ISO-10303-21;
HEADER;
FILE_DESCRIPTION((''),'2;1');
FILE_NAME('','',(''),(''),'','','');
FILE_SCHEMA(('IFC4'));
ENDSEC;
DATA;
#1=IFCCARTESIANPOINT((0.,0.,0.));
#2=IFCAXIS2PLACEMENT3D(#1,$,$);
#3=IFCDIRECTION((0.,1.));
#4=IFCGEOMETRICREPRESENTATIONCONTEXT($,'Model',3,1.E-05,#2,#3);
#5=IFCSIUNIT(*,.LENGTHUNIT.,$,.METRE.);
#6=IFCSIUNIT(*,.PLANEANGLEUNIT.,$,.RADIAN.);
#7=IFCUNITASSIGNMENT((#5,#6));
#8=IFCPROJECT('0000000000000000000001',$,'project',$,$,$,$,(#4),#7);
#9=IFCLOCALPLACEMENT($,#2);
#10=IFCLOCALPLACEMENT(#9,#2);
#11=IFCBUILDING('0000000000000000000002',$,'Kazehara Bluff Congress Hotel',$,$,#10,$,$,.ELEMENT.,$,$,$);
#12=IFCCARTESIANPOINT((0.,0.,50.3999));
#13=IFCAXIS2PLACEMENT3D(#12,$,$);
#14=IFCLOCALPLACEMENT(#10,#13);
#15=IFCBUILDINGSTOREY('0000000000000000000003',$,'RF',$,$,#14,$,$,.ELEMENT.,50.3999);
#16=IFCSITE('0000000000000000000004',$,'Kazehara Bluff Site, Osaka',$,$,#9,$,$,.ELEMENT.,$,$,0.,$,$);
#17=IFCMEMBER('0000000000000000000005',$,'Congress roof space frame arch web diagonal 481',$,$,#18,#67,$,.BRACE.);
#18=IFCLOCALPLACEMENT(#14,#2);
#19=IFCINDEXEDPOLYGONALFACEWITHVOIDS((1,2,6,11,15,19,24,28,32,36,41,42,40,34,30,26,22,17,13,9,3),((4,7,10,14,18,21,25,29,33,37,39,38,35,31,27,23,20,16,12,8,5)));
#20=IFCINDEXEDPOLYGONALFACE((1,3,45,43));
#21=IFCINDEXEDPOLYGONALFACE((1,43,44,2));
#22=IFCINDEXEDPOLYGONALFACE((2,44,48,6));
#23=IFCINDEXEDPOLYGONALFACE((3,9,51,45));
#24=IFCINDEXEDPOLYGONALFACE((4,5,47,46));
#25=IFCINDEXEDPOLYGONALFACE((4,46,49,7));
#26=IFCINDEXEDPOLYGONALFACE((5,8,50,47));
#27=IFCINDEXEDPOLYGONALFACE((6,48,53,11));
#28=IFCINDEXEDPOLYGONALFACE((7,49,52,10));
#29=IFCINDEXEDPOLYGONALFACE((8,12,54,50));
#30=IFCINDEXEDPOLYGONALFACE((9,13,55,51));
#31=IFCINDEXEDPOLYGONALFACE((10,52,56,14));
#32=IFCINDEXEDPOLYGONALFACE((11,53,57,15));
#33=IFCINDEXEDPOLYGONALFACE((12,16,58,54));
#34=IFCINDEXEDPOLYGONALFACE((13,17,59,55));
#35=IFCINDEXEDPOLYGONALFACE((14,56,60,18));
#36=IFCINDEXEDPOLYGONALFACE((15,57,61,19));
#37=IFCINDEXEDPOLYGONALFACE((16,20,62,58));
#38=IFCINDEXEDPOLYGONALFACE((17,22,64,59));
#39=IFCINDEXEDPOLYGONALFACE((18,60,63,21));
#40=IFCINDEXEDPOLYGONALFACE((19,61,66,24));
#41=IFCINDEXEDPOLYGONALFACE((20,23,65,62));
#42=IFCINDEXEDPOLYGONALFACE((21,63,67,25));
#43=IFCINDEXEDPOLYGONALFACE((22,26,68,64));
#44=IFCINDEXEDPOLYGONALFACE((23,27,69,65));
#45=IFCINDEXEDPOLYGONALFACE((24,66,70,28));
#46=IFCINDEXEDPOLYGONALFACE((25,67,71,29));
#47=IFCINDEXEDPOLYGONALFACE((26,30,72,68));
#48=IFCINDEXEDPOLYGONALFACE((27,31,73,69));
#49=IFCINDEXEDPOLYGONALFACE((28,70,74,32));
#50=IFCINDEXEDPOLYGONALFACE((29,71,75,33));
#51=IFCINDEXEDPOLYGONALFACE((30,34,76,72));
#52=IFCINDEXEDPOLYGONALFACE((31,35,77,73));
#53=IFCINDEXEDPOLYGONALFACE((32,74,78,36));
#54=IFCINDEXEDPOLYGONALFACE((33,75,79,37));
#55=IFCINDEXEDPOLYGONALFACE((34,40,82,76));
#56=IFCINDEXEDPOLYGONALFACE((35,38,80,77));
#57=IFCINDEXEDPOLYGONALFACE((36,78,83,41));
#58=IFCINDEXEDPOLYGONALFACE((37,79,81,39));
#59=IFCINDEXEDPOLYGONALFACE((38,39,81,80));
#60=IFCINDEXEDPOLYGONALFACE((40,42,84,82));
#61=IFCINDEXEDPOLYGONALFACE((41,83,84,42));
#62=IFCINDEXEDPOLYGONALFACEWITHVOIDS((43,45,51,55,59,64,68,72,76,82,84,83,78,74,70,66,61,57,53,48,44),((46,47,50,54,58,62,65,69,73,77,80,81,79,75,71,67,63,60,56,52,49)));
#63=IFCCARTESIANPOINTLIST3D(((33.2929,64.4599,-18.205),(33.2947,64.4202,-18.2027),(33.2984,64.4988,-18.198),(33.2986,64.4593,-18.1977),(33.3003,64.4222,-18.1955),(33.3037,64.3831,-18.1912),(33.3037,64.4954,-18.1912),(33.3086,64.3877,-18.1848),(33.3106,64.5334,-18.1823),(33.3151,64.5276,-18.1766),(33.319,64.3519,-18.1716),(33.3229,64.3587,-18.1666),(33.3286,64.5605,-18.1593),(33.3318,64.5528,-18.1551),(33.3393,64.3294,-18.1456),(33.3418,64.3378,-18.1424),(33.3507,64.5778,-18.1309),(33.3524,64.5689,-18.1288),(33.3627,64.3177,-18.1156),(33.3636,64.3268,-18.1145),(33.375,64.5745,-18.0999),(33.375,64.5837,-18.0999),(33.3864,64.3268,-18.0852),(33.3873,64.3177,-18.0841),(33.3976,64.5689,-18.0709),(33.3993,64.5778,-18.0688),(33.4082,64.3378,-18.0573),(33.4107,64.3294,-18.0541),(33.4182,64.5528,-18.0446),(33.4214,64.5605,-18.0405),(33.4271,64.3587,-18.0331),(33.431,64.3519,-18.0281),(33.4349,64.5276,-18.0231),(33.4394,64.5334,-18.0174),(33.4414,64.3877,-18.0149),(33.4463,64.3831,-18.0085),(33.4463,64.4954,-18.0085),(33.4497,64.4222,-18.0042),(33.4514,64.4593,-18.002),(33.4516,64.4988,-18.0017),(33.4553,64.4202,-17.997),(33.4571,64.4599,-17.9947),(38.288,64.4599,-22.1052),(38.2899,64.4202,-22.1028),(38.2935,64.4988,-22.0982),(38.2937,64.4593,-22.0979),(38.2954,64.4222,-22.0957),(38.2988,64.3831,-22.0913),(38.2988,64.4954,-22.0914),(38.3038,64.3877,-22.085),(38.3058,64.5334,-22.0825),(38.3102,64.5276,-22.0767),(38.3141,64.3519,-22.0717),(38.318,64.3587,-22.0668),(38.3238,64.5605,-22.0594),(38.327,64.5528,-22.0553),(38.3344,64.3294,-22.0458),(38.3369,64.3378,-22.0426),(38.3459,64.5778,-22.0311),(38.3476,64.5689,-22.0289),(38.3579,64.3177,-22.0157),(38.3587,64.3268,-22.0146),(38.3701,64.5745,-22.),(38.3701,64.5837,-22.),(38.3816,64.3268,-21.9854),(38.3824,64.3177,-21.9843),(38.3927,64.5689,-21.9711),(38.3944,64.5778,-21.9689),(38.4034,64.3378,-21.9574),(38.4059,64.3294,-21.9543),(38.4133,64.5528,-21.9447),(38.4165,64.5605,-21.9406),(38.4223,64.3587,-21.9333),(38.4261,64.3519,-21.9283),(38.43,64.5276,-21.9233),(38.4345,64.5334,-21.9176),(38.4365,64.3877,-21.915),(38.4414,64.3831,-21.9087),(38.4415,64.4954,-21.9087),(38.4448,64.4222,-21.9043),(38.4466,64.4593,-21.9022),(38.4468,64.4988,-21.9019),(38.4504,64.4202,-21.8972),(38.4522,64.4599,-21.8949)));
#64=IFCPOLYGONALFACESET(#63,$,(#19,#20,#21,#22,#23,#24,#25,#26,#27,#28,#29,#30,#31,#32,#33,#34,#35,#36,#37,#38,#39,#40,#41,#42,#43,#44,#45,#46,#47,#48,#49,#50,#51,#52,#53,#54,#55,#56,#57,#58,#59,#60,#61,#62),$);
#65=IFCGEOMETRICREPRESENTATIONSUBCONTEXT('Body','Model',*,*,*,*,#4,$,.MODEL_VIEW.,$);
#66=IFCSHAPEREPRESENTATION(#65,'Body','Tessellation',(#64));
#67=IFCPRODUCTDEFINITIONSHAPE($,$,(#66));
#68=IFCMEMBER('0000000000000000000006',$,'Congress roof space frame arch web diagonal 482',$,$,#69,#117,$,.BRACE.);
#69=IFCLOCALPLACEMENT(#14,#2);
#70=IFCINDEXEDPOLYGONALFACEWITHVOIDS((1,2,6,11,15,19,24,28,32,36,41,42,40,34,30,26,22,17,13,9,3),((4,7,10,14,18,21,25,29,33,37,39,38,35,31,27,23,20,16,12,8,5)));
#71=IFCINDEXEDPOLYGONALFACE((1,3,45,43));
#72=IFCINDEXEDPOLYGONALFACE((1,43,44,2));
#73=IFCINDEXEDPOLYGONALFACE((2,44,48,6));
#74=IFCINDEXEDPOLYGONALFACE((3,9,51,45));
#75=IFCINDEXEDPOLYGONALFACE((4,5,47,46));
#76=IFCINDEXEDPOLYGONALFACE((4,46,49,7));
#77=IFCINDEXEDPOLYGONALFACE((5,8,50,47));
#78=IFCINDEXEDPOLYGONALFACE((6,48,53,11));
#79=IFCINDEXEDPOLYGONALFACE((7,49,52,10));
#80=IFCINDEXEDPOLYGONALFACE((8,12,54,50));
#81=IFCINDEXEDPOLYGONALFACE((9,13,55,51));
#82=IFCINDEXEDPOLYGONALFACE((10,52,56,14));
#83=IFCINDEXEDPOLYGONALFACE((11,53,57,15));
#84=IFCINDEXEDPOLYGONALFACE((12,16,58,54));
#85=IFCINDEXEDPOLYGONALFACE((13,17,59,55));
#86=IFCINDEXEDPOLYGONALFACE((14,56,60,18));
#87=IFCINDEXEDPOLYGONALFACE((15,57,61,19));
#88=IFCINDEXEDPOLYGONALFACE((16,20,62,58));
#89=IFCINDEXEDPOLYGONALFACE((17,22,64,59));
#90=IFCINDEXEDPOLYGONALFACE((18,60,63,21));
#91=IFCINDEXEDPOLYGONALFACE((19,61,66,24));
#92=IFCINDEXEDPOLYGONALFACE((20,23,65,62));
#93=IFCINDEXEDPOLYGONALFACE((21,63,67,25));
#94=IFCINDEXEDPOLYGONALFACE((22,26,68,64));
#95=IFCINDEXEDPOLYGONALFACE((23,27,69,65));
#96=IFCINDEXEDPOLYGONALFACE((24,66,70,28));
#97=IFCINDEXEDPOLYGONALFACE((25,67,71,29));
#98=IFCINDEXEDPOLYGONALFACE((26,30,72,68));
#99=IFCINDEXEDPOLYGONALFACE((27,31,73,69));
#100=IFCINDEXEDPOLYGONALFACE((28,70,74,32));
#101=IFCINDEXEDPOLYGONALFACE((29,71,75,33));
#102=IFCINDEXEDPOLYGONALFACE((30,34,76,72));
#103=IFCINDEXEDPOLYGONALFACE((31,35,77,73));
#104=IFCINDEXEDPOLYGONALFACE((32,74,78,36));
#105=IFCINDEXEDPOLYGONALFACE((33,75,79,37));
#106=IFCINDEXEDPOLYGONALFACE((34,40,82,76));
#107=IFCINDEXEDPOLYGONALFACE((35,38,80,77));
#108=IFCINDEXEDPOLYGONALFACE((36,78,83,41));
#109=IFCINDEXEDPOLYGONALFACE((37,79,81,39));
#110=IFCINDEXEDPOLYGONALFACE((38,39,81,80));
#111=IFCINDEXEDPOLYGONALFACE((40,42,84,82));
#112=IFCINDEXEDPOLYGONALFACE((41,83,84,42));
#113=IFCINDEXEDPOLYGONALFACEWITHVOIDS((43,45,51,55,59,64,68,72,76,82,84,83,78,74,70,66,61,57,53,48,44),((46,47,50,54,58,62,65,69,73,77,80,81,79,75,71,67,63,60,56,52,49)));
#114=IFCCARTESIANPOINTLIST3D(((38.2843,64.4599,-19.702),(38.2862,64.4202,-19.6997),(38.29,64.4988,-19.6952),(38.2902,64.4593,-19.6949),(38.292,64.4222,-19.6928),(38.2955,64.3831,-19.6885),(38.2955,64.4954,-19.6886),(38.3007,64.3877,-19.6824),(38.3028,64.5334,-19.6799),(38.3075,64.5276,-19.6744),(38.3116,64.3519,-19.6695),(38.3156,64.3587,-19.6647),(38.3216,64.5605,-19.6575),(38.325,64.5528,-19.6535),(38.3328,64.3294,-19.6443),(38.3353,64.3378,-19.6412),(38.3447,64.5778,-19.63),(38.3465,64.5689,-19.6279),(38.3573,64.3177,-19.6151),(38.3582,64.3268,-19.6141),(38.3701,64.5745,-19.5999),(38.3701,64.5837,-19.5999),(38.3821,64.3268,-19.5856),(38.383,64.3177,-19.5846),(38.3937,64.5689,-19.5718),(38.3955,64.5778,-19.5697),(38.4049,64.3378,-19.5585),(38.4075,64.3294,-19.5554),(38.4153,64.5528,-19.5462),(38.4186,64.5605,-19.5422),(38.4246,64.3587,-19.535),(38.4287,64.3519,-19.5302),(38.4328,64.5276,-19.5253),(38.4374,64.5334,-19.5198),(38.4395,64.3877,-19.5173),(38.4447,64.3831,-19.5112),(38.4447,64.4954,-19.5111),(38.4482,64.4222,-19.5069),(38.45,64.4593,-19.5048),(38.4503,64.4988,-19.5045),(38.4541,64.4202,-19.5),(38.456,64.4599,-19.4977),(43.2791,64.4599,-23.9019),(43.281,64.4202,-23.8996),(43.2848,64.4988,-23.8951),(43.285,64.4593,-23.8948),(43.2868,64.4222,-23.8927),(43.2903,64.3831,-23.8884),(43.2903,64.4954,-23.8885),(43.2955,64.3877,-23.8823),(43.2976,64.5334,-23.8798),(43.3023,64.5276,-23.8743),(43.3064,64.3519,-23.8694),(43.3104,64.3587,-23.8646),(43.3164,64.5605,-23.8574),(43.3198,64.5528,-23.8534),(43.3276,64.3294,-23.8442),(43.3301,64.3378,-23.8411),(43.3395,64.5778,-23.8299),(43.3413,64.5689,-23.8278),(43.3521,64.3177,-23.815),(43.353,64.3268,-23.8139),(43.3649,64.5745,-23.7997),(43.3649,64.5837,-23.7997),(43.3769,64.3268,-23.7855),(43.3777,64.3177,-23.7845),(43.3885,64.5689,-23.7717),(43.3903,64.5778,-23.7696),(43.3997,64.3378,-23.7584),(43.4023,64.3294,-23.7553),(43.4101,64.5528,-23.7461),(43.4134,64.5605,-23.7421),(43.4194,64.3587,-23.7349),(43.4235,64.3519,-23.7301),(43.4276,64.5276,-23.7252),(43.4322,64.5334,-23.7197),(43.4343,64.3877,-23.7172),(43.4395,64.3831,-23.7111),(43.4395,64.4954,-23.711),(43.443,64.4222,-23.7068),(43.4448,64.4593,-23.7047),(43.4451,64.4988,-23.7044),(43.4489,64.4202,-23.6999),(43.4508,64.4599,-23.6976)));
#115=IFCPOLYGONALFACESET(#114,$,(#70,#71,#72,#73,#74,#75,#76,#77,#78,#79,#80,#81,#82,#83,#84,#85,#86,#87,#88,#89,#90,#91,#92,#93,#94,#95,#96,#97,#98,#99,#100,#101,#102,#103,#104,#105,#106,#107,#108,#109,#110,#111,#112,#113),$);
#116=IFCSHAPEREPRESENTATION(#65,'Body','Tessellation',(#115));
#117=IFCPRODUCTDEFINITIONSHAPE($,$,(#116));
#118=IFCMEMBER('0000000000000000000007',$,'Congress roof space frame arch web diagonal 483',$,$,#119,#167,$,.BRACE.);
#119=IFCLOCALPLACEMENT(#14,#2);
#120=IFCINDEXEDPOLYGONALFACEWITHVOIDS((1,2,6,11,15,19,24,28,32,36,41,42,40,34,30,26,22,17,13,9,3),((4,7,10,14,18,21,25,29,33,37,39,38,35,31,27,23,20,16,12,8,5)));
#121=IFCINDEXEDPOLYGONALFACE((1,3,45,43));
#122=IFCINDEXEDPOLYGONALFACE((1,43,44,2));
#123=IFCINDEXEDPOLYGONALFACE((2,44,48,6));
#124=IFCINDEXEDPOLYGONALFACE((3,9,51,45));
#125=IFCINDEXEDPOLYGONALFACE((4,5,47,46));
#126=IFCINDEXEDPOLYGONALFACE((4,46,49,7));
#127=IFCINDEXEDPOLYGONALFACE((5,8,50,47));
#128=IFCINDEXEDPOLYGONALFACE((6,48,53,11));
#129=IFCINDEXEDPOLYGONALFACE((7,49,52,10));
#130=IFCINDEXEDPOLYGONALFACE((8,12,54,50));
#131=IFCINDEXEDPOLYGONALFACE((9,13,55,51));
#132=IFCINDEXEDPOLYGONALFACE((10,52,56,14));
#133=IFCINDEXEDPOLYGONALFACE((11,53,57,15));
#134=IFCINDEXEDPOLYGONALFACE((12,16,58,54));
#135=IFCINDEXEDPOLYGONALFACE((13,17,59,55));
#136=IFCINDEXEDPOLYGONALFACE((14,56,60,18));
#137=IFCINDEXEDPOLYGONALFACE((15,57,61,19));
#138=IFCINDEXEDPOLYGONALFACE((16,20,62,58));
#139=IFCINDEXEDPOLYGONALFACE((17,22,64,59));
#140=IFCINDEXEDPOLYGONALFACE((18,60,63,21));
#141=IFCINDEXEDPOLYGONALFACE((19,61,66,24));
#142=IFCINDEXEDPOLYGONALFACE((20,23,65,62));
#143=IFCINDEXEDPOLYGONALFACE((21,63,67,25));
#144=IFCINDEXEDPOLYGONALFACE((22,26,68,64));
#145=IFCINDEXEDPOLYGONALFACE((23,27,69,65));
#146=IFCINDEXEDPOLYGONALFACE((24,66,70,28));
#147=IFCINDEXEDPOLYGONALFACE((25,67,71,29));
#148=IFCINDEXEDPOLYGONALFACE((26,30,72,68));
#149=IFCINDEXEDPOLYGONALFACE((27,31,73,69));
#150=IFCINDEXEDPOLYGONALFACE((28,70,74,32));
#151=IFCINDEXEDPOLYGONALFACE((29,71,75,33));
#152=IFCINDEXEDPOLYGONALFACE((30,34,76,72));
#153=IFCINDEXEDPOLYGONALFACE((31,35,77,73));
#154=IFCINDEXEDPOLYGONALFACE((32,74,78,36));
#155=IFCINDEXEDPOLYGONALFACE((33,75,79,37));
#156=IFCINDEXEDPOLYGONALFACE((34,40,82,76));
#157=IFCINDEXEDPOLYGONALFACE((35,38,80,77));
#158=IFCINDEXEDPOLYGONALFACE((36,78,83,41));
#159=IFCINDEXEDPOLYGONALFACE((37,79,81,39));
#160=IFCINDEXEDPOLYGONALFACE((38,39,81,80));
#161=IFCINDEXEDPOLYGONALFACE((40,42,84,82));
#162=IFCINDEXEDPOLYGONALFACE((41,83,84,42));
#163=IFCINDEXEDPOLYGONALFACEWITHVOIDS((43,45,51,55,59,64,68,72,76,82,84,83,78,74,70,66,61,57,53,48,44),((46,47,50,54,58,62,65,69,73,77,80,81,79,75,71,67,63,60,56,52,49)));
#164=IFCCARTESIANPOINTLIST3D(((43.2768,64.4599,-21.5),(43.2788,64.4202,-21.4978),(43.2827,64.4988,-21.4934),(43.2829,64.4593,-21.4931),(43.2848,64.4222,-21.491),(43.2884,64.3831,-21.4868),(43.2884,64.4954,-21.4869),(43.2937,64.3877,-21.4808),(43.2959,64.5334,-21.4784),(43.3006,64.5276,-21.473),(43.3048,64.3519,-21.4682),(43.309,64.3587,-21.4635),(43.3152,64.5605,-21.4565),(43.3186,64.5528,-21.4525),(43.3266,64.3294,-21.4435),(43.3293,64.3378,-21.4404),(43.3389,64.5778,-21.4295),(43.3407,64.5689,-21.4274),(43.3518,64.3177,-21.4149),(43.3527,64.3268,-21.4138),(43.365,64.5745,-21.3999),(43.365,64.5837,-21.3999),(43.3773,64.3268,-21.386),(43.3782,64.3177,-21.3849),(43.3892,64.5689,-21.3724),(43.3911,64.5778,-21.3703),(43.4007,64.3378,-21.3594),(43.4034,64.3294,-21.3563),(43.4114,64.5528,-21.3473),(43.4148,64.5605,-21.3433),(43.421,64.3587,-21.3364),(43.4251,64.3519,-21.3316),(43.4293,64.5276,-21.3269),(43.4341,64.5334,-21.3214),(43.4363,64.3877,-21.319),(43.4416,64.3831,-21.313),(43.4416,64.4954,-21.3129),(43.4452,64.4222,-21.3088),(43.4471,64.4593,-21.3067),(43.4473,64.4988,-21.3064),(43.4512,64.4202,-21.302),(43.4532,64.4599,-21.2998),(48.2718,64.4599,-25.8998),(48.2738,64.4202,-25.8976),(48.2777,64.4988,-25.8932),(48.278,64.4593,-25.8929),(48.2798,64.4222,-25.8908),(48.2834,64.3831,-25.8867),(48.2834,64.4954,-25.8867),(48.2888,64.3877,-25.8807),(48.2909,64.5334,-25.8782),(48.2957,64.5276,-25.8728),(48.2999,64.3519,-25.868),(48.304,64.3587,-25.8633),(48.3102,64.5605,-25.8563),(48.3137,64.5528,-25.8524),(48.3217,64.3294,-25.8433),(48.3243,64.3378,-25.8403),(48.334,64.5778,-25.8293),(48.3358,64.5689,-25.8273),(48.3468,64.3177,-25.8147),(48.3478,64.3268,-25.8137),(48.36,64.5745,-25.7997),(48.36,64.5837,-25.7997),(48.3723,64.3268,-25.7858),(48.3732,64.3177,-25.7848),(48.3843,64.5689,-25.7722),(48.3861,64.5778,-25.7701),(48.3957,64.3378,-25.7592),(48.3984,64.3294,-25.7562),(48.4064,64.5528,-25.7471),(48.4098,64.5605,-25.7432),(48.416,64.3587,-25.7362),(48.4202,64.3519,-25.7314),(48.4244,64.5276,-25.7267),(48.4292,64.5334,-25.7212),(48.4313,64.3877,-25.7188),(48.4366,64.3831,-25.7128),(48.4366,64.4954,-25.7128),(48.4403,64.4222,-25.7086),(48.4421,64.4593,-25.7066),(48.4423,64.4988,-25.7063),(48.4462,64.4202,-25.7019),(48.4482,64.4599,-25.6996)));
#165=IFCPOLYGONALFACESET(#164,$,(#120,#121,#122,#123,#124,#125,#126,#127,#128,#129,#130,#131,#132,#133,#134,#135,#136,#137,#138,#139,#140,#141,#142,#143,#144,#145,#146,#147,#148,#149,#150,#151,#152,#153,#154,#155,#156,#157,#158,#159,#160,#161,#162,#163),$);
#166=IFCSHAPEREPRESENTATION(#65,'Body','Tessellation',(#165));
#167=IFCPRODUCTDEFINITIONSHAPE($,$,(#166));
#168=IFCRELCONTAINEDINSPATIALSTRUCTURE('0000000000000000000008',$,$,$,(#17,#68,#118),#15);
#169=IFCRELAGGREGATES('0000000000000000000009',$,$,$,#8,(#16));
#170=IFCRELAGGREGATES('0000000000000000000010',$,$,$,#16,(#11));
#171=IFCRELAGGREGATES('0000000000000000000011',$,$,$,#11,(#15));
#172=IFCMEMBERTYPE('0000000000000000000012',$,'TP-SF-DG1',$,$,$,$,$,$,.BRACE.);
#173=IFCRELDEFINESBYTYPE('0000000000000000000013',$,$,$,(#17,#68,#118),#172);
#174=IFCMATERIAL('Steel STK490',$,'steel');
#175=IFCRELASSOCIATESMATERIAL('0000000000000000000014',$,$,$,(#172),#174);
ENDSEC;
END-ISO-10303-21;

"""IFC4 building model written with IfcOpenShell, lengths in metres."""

from ifc_helpers import new_model, si_unit, direction, frame, origin, origin_2d, place, context, subcontext, project, spatial, hollow_circle, extrude, material, material_profile, profile_set, type_object, element, save


model = new_model("IFC4")

# Units and contexts
model_context = context("Model", 3, precision=1e-05, world=origin(), true_north=direction((0.0, 1.0)))
body_context = subcontext(model_context, "Body", "Model", "MODEL_VIEW")
ifc_project = project(units=[si_unit("LENGTHUNIT", "METRE"), si_unit("PLANEANGLEUNIT", "RADIAN")], contexts=[model_context])

# Site, building, storey
site_placement = place(None, origin())
site = spatial("IfcSite", under=ifc_project, at=site_placement, Name="Kazehara Bluff Site, Osaka", CompositionType="ELEMENT", RefElevation=0.0)
building_placement = place(site_placement, origin())
building = spatial("IfcBuilding", under=site, at=building_placement, Name="Kazehara Bluff Congress Hotel", CompositionType="ELEMENT")
storey_placement = place(building_placement, frame((0.0, 0.0, 50.3999)))
storey = spatial("IfcBuildingStorey", under=building, at=storey_placement, Name="RF", CompositionType="ELEMENT", Elevation=50.3999)

# Members
ifc_material_1 = material(Name="Steel STK490", Category="steel")
ifc_material_profile_1 = material_profile(ifc_material_1, hollow_circle(Radius=0.1338, WallThickness=0.0093, at=origin_2d()))
ifc_profile_set_1 = profile_set([ifc_material_profile_1], Name="Steel STK490")
member_type_1 = type_object("IfcMemberType", Name="TP-SF-DG1", PredefinedType="BRACE", material=ifc_profile_set_1)
member_1_placement = place(storey_placement, frame((33.375, 64.45, -18.0999), z_axis=(0.7882, 0.0, -0.61542), x_axis=(0.0, 1.0, 0.0)))
element("IfcMember", 1, at=member_1_placement, inside=storey, type_object=member_type_1, Name="Congress roof space frame arch web diagonal 481", PredefinedType="BRACE", context=body_context, shape_type="SweptSolid", body=[
    extrude(hollow_circle(Radius=0.1338, WallThickness=0.0093, at=origin_2d()), origin(), (0.0, 0.0, 1.0), 6.3374),
])
member_2_placement = place(storey_placement, frame((38.3701, 64.45, -19.5999), z_axis=(0.765383, 0.0, -0.643575), x_axis=(0.0, 1.0, 0.0)))
element("IfcMember", 2, at=member_2_placement, inside=storey, type_object=member_type_1, Name="Congress roof space frame arch web diagonal 482", PredefinedType="BRACE", context=body_context, shape_type="SweptSolid", body=[
    extrude(hollow_circle(Radius=0.1338, WallThickness=0.0093, at=origin_2d()), origin(), (0.0, 0.0, 1.0), 6.5259),
])
member_3_placement = place(storey_placement, frame((43.365, 64.45, -21.3999), z_axis=(0.750401, 0.0, -0.660983), x_axis=(0.0, 1.0, 0.0)))
element("IfcMember", 3, at=member_3_placement, inside=storey, type_object=member_type_1, Name="Congress roof space frame arch web diagonal 483", PredefinedType="BRACE", context=body_context, shape_type="SweptSolid", body=[
    extrude(hollow_circle(Radius=0.1338, WallThickness=0.0093, at=origin_2d()), origin(), (0.0, 0.0, 1.0), 6.6565),
])

save(model, "model.ifc")
